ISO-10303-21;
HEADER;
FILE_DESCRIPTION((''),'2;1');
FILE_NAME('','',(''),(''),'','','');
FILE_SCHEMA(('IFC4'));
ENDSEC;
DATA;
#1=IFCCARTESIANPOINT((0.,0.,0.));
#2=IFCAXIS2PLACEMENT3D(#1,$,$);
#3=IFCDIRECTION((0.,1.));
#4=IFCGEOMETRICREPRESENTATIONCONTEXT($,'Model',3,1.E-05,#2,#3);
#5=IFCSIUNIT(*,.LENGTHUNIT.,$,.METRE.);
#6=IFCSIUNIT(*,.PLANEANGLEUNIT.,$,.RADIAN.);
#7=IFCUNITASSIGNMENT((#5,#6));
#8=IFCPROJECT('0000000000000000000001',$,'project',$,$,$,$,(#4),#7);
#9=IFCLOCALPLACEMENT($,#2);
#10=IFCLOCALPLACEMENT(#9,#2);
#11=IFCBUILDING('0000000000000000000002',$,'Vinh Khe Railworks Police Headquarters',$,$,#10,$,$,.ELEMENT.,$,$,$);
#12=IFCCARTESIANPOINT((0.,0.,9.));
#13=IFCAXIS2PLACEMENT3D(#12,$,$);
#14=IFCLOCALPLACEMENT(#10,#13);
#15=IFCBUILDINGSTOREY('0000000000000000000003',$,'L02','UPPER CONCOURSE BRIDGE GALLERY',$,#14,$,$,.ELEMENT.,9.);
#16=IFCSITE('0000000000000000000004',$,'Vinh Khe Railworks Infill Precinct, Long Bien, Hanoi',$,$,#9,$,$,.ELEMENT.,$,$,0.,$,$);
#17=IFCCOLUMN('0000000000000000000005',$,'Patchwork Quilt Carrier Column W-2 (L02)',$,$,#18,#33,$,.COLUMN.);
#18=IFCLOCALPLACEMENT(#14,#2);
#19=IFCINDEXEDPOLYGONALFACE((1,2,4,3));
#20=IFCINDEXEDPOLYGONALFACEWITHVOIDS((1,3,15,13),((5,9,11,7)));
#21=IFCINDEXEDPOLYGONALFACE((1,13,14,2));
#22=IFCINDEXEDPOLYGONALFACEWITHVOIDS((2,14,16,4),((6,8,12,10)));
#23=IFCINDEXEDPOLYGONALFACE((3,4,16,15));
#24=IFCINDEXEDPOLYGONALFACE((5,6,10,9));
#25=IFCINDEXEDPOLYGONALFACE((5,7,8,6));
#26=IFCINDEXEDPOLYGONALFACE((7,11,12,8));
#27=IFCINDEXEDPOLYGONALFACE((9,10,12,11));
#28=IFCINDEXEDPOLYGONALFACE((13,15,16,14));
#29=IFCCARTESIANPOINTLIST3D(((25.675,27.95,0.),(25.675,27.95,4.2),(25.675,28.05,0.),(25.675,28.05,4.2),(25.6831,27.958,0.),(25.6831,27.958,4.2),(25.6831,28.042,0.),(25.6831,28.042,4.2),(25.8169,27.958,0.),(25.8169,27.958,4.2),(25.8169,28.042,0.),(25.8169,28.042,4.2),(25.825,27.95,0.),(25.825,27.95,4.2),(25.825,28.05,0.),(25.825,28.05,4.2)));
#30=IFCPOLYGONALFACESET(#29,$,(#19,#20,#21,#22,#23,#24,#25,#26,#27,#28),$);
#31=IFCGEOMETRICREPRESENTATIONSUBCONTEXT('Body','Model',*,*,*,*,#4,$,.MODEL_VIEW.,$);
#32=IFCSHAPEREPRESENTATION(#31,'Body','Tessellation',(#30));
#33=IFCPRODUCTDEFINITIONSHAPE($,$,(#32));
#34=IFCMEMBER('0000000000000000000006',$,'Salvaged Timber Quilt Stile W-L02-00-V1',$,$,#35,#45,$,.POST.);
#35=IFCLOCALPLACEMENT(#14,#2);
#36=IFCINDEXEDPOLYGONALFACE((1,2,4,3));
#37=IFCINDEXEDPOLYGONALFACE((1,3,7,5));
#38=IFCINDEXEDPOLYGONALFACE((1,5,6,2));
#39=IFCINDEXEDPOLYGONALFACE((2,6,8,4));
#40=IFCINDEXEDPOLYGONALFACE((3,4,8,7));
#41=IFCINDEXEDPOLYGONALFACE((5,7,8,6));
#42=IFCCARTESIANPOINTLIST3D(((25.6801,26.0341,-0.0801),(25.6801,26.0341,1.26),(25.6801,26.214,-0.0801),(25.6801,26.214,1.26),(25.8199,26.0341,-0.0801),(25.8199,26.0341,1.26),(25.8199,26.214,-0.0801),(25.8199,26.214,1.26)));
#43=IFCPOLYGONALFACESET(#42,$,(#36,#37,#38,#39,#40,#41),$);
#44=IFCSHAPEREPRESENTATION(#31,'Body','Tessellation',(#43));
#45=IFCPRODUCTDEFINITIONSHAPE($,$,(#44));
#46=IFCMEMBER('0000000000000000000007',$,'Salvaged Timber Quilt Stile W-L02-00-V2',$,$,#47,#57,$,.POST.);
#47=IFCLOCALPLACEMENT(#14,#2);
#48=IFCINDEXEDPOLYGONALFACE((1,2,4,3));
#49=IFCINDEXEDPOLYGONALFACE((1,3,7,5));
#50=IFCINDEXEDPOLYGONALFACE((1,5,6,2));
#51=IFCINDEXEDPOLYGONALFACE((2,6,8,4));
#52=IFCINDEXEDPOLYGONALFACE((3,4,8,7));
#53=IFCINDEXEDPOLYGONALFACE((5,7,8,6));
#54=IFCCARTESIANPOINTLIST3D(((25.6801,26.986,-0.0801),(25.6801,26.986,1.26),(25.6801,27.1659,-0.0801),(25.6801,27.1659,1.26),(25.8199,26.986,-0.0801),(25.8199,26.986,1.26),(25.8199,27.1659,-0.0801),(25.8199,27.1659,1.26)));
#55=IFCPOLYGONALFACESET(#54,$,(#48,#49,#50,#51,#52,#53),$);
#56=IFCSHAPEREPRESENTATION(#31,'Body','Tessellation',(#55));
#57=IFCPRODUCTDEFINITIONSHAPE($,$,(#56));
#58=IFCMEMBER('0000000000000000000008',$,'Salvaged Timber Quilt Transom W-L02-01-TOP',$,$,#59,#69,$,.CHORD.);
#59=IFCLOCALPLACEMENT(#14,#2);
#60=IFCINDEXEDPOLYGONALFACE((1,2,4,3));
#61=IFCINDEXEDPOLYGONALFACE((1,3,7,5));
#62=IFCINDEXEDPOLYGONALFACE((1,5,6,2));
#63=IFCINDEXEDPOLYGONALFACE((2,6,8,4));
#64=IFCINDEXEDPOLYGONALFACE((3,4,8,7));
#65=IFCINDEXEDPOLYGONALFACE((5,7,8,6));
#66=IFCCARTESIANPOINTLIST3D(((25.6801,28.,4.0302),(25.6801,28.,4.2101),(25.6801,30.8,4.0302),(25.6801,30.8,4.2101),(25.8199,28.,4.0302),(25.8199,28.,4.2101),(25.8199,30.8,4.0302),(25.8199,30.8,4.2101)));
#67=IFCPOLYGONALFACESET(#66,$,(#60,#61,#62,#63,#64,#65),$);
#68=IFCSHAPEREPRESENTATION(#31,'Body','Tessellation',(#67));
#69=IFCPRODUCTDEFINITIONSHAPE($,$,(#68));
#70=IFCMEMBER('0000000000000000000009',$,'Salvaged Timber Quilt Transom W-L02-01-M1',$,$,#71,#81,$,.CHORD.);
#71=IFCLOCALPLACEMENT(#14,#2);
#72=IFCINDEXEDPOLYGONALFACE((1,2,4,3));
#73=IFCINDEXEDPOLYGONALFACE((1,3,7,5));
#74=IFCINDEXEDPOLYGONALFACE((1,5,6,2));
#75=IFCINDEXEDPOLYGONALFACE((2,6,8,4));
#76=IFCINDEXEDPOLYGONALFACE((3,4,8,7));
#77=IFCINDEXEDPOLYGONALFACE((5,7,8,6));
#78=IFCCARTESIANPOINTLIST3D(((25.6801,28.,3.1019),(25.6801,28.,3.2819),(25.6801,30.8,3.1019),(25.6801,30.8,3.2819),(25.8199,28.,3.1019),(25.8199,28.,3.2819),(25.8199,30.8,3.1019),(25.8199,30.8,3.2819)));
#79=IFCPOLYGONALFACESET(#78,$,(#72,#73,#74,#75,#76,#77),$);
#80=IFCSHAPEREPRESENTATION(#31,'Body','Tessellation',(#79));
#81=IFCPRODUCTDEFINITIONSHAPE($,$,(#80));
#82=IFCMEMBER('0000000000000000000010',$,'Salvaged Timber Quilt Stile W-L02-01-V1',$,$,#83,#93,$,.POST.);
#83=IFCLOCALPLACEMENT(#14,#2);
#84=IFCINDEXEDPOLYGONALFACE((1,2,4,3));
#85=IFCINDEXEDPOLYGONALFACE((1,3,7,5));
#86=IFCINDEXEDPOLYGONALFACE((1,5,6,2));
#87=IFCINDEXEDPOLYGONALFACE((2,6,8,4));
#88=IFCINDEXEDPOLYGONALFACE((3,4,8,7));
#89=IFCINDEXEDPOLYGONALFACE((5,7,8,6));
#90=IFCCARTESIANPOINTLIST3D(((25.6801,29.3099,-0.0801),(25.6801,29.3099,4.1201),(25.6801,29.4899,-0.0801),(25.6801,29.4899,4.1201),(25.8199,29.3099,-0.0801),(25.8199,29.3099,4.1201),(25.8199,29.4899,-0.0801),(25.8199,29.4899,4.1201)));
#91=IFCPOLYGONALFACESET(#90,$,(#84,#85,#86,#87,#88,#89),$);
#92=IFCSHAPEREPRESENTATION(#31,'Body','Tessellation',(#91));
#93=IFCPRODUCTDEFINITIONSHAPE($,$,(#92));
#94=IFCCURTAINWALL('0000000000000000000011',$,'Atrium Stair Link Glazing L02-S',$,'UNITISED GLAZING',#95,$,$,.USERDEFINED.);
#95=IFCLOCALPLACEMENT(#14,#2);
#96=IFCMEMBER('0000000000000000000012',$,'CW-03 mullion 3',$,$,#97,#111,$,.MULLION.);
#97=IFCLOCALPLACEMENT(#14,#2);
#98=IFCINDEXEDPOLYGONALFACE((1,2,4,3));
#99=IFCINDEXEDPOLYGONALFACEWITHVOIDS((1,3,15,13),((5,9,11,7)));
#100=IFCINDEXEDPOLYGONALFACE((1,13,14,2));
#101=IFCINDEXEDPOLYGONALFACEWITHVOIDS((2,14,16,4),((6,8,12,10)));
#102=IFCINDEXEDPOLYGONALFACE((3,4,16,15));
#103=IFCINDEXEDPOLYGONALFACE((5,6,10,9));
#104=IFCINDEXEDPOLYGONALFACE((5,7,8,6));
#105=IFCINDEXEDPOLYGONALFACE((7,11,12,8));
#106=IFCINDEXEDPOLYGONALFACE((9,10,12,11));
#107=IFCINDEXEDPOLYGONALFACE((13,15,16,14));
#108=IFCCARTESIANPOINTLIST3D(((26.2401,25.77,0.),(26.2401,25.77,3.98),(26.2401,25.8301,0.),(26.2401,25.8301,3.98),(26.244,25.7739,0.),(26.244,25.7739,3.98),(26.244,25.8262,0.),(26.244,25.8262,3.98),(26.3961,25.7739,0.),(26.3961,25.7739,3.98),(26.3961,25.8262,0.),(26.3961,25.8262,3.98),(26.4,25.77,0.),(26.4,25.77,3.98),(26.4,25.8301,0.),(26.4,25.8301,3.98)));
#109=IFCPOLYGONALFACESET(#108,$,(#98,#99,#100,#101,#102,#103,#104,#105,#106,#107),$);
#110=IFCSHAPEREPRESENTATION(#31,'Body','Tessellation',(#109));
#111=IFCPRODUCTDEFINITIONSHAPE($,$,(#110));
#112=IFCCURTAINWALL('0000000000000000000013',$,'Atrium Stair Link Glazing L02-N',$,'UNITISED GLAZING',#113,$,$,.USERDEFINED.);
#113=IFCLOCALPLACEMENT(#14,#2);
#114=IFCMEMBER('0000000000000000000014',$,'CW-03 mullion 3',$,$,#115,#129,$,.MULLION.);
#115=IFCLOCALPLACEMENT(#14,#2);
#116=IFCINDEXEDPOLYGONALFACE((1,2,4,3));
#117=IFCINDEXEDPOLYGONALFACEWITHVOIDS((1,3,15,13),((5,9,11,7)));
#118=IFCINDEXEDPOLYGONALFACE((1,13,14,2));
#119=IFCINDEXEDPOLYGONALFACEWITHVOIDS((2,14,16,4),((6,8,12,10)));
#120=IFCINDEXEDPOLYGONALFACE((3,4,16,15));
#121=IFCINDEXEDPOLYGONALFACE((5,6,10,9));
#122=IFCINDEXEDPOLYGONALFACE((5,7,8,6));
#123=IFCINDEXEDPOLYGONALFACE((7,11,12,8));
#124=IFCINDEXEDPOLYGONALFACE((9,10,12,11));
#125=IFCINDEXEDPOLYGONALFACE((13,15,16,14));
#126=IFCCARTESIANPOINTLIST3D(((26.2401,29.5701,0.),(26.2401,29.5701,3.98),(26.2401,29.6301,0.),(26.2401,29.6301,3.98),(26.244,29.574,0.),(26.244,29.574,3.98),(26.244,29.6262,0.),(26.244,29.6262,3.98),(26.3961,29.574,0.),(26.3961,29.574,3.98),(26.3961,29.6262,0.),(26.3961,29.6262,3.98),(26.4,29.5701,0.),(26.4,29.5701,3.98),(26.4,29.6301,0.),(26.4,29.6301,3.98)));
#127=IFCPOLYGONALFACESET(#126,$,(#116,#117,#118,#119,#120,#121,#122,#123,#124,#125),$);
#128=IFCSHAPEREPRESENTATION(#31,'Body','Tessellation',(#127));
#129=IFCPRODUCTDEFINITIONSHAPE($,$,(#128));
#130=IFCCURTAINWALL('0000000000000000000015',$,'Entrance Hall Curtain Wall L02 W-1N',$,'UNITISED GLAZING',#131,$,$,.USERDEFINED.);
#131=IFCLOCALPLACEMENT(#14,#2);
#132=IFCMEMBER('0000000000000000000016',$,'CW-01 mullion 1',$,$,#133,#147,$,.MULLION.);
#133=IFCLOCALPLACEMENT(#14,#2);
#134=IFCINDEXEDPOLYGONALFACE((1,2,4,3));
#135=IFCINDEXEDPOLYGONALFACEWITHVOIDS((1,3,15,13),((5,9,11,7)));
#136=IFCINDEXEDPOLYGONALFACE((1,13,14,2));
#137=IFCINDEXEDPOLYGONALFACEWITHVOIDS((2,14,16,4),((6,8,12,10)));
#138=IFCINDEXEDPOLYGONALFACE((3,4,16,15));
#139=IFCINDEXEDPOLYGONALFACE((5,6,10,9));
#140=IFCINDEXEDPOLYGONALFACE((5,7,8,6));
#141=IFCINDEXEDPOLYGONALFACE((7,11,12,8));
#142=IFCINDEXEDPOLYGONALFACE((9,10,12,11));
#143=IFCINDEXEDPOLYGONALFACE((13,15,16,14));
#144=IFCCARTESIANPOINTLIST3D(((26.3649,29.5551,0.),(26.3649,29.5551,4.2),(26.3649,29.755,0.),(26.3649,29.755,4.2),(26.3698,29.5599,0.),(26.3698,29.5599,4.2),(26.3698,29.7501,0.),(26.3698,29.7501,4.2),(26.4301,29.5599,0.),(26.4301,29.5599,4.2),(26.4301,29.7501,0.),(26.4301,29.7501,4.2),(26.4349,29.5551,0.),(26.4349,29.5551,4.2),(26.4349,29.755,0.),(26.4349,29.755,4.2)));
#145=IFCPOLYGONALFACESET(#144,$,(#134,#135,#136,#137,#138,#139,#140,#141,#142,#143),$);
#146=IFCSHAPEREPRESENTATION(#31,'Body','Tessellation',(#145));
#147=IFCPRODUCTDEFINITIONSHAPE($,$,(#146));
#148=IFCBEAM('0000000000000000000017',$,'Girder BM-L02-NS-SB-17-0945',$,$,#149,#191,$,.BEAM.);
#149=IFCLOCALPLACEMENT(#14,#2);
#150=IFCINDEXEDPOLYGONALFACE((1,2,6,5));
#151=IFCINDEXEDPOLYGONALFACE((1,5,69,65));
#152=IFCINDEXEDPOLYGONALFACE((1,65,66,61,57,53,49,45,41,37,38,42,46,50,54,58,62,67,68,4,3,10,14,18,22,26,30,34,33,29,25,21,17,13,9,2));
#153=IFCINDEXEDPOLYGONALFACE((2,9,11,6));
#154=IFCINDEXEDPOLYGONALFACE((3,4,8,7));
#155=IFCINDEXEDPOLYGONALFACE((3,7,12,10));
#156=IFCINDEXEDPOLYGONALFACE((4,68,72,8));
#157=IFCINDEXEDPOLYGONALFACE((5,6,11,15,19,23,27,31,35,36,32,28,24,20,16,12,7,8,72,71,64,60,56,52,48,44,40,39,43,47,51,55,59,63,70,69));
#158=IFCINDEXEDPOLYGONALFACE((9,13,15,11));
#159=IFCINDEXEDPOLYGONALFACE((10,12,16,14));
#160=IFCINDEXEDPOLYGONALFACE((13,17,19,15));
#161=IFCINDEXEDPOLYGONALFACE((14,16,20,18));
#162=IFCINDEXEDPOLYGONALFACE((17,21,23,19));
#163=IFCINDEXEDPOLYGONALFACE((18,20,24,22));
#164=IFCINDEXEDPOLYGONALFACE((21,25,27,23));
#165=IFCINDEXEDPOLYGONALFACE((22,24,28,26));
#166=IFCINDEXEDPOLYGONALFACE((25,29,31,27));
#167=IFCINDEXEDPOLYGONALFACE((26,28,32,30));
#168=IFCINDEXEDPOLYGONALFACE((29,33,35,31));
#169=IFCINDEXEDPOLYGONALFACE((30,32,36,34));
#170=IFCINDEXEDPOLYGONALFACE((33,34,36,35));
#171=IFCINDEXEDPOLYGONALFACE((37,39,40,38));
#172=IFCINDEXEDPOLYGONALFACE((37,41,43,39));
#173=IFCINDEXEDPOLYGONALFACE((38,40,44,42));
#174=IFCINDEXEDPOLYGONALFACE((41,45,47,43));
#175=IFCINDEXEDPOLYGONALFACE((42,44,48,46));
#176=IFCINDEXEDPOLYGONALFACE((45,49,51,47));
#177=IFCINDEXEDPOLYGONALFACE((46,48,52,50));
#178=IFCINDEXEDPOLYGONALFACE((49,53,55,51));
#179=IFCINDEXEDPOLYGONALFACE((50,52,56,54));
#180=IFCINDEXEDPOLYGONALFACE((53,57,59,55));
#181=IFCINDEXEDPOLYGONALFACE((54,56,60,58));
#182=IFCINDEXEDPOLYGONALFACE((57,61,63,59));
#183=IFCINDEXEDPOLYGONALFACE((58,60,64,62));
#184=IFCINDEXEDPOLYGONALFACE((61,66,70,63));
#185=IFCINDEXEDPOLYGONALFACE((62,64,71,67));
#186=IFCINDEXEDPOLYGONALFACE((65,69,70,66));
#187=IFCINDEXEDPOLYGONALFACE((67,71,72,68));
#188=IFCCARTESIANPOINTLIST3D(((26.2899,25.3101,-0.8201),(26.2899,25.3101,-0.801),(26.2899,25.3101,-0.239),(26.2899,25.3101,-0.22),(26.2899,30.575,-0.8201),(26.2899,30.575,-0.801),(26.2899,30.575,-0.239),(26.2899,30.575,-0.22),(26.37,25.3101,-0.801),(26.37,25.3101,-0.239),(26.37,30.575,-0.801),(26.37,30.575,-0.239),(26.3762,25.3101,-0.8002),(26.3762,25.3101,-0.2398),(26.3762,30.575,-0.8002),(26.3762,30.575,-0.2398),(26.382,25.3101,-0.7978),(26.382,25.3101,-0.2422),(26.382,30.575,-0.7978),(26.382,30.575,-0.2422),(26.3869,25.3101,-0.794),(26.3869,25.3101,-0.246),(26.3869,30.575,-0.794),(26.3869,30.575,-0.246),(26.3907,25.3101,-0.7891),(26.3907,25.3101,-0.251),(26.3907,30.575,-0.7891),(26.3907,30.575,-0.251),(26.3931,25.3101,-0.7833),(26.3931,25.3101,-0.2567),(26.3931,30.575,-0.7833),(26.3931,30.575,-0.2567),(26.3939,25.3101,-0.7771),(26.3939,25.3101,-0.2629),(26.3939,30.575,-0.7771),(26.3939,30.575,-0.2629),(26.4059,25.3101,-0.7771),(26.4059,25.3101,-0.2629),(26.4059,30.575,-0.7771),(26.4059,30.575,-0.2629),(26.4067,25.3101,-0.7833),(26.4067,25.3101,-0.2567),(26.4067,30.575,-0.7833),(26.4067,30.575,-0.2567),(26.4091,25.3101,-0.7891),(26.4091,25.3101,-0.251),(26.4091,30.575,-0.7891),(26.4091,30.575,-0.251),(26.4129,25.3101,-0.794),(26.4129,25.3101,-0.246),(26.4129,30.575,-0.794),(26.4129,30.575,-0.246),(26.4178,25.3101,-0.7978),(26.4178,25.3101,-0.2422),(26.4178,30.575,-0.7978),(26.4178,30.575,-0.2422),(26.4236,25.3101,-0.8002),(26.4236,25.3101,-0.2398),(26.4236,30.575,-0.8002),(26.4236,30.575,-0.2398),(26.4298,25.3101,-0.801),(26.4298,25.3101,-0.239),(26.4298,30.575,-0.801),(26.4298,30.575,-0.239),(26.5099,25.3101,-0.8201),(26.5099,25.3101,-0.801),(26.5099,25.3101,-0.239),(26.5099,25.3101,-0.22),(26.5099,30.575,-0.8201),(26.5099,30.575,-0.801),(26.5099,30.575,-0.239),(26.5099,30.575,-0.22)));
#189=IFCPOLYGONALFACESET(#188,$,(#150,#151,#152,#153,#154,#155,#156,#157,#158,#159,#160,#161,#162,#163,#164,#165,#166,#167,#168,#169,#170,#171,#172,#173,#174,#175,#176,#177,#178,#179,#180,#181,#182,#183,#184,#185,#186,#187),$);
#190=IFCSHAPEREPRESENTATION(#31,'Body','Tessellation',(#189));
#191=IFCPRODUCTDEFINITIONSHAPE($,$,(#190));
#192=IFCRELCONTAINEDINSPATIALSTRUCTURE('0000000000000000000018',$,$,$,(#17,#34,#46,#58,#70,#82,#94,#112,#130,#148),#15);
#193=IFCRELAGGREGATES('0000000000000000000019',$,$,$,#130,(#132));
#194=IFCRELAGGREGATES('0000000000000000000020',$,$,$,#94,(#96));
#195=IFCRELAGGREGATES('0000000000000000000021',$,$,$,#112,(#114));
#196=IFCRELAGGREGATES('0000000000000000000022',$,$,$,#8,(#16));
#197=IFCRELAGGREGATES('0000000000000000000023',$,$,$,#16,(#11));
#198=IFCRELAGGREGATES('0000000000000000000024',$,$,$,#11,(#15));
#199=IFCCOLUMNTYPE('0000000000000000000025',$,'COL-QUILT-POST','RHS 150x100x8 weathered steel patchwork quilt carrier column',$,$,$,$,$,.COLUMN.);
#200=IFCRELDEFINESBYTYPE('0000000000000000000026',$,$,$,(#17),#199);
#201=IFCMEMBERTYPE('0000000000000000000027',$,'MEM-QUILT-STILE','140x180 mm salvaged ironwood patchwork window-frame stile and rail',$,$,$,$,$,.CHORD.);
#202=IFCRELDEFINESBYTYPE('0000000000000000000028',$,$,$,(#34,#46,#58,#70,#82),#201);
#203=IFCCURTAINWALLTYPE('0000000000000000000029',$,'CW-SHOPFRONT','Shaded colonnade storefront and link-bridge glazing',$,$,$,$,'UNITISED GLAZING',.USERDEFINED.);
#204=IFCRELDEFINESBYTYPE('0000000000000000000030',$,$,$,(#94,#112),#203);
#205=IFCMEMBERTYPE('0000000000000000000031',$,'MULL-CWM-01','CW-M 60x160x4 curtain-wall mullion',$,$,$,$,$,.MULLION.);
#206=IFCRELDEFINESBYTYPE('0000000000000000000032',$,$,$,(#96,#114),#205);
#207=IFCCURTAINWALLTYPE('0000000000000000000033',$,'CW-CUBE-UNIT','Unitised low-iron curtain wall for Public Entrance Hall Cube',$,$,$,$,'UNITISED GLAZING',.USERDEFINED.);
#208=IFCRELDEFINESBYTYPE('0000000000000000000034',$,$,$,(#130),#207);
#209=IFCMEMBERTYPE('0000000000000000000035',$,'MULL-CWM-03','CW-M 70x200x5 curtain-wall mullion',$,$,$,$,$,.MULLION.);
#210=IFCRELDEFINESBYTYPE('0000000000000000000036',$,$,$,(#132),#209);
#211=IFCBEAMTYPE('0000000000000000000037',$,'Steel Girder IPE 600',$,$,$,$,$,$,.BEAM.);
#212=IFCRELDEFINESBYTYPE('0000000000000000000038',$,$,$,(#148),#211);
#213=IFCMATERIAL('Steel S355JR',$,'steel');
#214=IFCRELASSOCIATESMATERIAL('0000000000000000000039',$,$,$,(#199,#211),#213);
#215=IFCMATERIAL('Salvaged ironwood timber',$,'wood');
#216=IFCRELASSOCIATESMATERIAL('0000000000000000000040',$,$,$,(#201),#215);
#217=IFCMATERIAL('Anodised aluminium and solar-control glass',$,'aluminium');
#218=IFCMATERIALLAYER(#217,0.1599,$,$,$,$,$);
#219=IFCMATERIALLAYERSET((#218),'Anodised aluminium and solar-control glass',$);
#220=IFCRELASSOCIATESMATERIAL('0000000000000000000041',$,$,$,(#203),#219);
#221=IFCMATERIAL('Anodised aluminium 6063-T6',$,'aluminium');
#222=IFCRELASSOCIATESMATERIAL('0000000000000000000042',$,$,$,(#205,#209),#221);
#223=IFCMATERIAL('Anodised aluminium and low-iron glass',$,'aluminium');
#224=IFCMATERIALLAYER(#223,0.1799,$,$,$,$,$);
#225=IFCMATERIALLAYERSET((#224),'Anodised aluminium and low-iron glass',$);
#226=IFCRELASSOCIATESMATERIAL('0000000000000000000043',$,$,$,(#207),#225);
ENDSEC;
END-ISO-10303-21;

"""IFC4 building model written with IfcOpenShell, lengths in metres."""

from ifc_helpers import new_model, si_unit, direction, frame, origin, origin_2d, place, context, subcontext, project, spatial, rectangle, hollow_rectangle, i_section, extrude, material, layer, layer_set, material_profile, profile_set, type_object, element, aggregate, save


model = new_model("IFC4")

# Units and contexts
model_context = context("Model", 3, precision=1e-05, world=origin(), true_north=direction((0.0, 1.0)))
body_context = subcontext(model_context, "Body", "Model", "MODEL_VIEW")
ifc_project = project(units=[si_unit("LENGTHUNIT", "METRE"), si_unit("PLANEANGLEUNIT", "RADIAN")], contexts=[model_context])

# Site, building, storey
site_placement = place(None, origin())
site = spatial("IfcSite", under=ifc_project, at=site_placement, Name="Vinh Khe Railworks Infill Precinct, Long Bien, Hanoi", CompositionType="ELEMENT", RefElevation=0.0)
building_placement = place(site_placement, origin())
building = spatial("IfcBuilding", under=site, at=building_placement, Name="Vinh Khe Railworks Police Headquarters", CompositionType="ELEMENT")
storey_placement = place(building_placement, frame((0.0, 0.0, 9.0)))
storey = spatial("IfcBuildingStorey", under=building, at=storey_placement, Name="L02", Description="UPPER CONCOURSE BRIDGE GALLERY", CompositionType="ELEMENT", Elevation=9.0)

# Column
ifc_material_1 = material(Name="Steel S355JR", Category="steel")
ifc_material_profile_1 = material_profile(ifc_material_1, hollow_rectangle(XDim=0.1499, YDim=0.1001, WallThickness=0.0081, at=origin_2d()), Name="RHS 150x100x8")
ifc_profile_set_1 = profile_set([ifc_material_profile_1], Name="Steel S355JR")
column_type = type_object("IfcColumnType", Name="COL-QUILT-POST", Description="RHS 150x100x8 weathered steel patchwork quilt carrier column", PredefinedType="COLUMN", material=ifc_profile_set_1)
column_placement = place(storey_placement, frame((25.75, 28.0, 0.0), z_axis=(0.0, 0.0, 1.0), x_axis=(1.0, 0.0, 0.0)))
element("IfcColumn", 1, at=column_placement, inside=storey, type_object=column_type, Name="Patchwork Quilt Carrier Column W-2 (L02)", PredefinedType="COLUMN", context=body_context, shape_type="SweptSolid", body=[
    extrude(hollow_rectangle(XDim=0.1499, YDim=0.1001, WallThickness=0.0081, at=origin_2d()), origin(), (0.0, 0.0, 1.0), 4.2),
])

# Members
ifc_material_2 = material(Name="Salvaged ironwood timber", Category="wood")
ifc_material_profile_2 = material_profile(ifc_material_2, rectangle(XDim=0.1399, YDim=0.1799, at=origin_2d()), Name="TIMBER 140x180")
ifc_profile_set_2 = profile_set([ifc_material_profile_2], Name="Salvaged ironwood timber")
member_type_1 = type_object("IfcMemberType", Name="MEM-QUILT-STILE", Description="140x180 mm salvaged ironwood patchwork window-frame stile and rail", PredefinedType="CHORD", material=ifc_profile_set_2)
for number, where, z_axis, x_axis, name in (
    (2, (25.75, 26.124, -0.0801), (0.0, 0.0, 1.0), (1.0, 0.0, 0.0), "Salvaged Timber Quilt Stile W-L02-00-V1"),
    (3, (25.75, 27.0759, -0.0801), (0.0, 0.0, 1.0), (1.0, 0.0, 0.0), "Salvaged Timber Quilt Stile W-L02-00-V2"),
):
    element("IfcMember", number, at=place(storey_placement, frame(where, z_axis=z_axis, x_axis=x_axis)), inside=storey, type_object=member_type_1, Name=name, PredefinedType="POST", context=body_context, shape_type="SweptSolid", body=[
        extrude(rectangle(XDim=0.1399, YDim=0.1799, at=origin_2d()), origin(), (0.0, 0.0, 1.0), 1.3401),
    ])
for number, where, z_axis, x_axis, name in (
    (4, (25.75, 28.0, 4.1201), (0.0, 1.0, 0.0), (-1.0, 0.0, 0.0), "Salvaged Timber Quilt Transom W-L02-01-TOP"),
    (5, (25.75, 28.0, 3.1919), (0.0, 1.0, 0.0), (-1.0, 0.0, 0.0), "Salvaged Timber Quilt Transom W-L02-01-M1"),
):
    element("IfcMember", number, at=place(storey_placement, frame(where, z_axis=z_axis, x_axis=x_axis)), inside=storey, type_object=member_type_1, Name=name, PredefinedType="CHORD", context=body_context, shape_type="SweptSolid", body=[
        extrude(rectangle(XDim=0.1399, YDim=0.1799, at=origin_2d()), origin(), (0.0, 0.0, 1.0), 2.8),
    ])
member_1_placement = place(storey_placement, frame((25.75, 29.3999, -0.0801), z_axis=(0.0, 0.0, 1.0), x_axis=(1.0, 0.0, 0.0)))
element("IfcMember", 6, at=member_1_placement, inside=storey, type_object=member_type_1, Name="Salvaged Timber Quilt Stile W-L02-01-V1", PredefinedType="POST", context=body_context, shape_type="SweptSolid", body=[
    extrude(rectangle(XDim=0.1399, YDim=0.1799, at=origin_2d()), origin(), (0.0, 0.0, 1.0), 4.2002),
])

# Curtain walls, members
ifc_material_3 = material(Name="Anodised aluminium and solar-control glass", Category="aluminium")
ifc_layer_1 = layer(ifc_material_3, 0.1599)
ifc_layer_set_1 = layer_set([ifc_layer_1], Name="Anodised aluminium and solar-control glass")
curtain_wall_type_1 = type_object("IfcCurtainWallType", Name="CW-SHOPFRONT", Description="Shaded colonnade storefront and link-bridge glazing", ElementType="UNITISED GLAZING", PredefinedType="USERDEFINED", material=ifc_layer_set_1)
curtain_wall_1_placement = place(storey_placement, origin())
curtain_wall_1 = element("IfcCurtainWall", 7, at=curtain_wall_1_placement, inside=storey, type_object=curtain_wall_type_1, Name="Atrium Stair Link Glazing L02-S", ObjectType="UNITISED GLAZING", PredefinedType="USERDEFINED")
ifc_material_4 = material(Name="Anodised aluminium 6063-T6", Category="aluminium")
ifc_material_profile_3 = material_profile(ifc_material_4, hollow_rectangle(XDim=0.0601, YDim=0.1599, WallThickness=0.0039, at=origin_2d()), Name="CW-M 60x160x4")
ifc_profile_set_3 = profile_set([ifc_material_profile_3], Name="Anodised aluminium 6063-T6")
member_type_2 = type_object("IfcMemberType", Name="MULL-CWM-01", Description="CW-M 60x160x4 curtain-wall mullion", PredefinedType="MULLION", material=ifc_profile_set_3)
member_2_placement = place(storey_placement, frame((26.3201, 25.8, 0.0), z_axis=(0.0, 0.0, 1.0), x_axis=(0.0, 1.0, 0.0)))
member_2 = element("IfcMember", 8, at=member_2_placement, type_object=member_type_2, Name="CW-03 mullion 3", PredefinedType="MULLION", context=body_context, shape_type="SweptSolid", body=[
    extrude(hollow_rectangle(XDim=0.0601, YDim=0.1599, WallThickness=0.0039, at=origin_2d()), origin(), (0.0, 0.0, 1.0), 3.98),
])
curtain_wall_2_placement = place(storey_placement, origin())
curtain_wall_2 = element("IfcCurtainWall", 9, at=curtain_wall_2_placement, inside=storey, type_object=curtain_wall_type_1, Name="Atrium Stair Link Glazing L02-N", ObjectType="UNITISED GLAZING", PredefinedType="USERDEFINED")
member_3_placement = place(storey_placement, frame((26.3201, 29.6001, 0.0), z_axis=(0.0, 0.0, 1.0), x_axis=(0.0, 1.0, 0.0)))
member_3 = element("IfcMember", 10, at=member_3_placement, type_object=member_type_2, Name="CW-03 mullion 3", PredefinedType="MULLION", context=body_context, shape_type="SweptSolid", body=[
    extrude(hollow_rectangle(XDim=0.0601, YDim=0.1599, WallThickness=0.0039, at=origin_2d()), origin(), (0.0, 0.0, 1.0), 3.98),
])
ifc_material_5 = material(Name="Anodised aluminium and low-iron glass", Category="aluminium")
ifc_layer_2 = layer(ifc_material_5, 0.1799)
ifc_layer_set_2 = layer_set([ifc_layer_2], Name="Anodised aluminium and low-iron glass")
curtain_wall_type_2 = type_object("IfcCurtainWallType", Name="CW-CUBE-UNIT", Description="Unitised low-iron curtain wall for Public Entrance Hall Cube", ElementType="UNITISED GLAZING", PredefinedType="USERDEFINED", material=ifc_layer_set_2)
curtain_wall_3_placement = place(storey_placement, origin())
curtain_wall_3 = element("IfcCurtainWall", 11, at=curtain_wall_3_placement, inside=storey, type_object=curtain_wall_type_2, Name="Entrance Hall Curtain Wall L02 W-1N", ObjectType="UNITISED GLAZING", PredefinedType="USERDEFINED")
ifc_material_profile_4 = material_profile(ifc_material_4, hollow_rectangle(XDim=0.0701, YDim=0.2, WallThickness=0.0049, at=origin_2d()), Name="CW-M 70x200x5")
ifc_profile_set_4 = profile_set([ifc_material_profile_4], Name="Anodised aluminium 6063-T6")
member_type_3 = type_object("IfcMemberType", Name="MULL-CWM-03", Description="CW-M 70x200x5 curtain-wall mullion", PredefinedType="MULLION", material=ifc_profile_set_4)
member_4_placement = place(storey_placement, frame((26.3999, 29.655, 0.0), z_axis=(0.0, 0.0, 1.0), x_axis=(-1.0, 0.0, 0.0)))
member_4 = element("IfcMember", 12, at=member_4_placement, type_object=member_type_3, Name="CW-01 mullion 1", PredefinedType="MULLION", context=body_context, shape_type="SweptSolid", body=[
    extrude(hollow_rectangle(XDim=0.0701, YDim=0.2, WallThickness=0.0049, at=origin_2d()), origin(), (0.0, 0.0, 1.0), 4.2),
])

# Beam
ifc_material_profile_5 = material_profile(ifc_material_1, i_section(OverallWidth=0.22, OverallDepth=0.6001, WebThickness=0.012, FlangeThickness=0.019, FilletRadius=0.0239, at=origin_2d()), Name="IPE 600")
ifc_profile_set_5 = profile_set([ifc_material_profile_5], Name="Steel S355JR")
beam_type = type_object("IfcBeamType", Name="Steel Girder IPE 600", PredefinedType="BEAM", material=ifc_profile_set_5)
beam_placement = place(storey_placement, frame((26.3999, 25.3101, -0.52), z_axis=(0.0, 1.0, 0.0), x_axis=(-1.0, 0.0, 0.0)))
element("IfcBeam", 13, at=beam_placement, inside=storey, type_object=beam_type, Name="Girder BM-L02-NS-SB-17-0945", PredefinedType="BEAM", context=body_context, shape_type="SweptSolid", body=[
    extrude(i_section(OverallWidth=0.22, OverallDepth=0.6001, WebThickness=0.012, FlangeThickness=0.019, FilletRadius=0.0239, at=origin_2d()), origin(), (0.0, 0.0, 1.0), 5.2649),
])

aggregate(curtain_wall_3, [member_4])

aggregate(curtain_wall_1, [member_2])
aggregate(curtain_wall_2, [member_3])

save(model, "model.ifc")
